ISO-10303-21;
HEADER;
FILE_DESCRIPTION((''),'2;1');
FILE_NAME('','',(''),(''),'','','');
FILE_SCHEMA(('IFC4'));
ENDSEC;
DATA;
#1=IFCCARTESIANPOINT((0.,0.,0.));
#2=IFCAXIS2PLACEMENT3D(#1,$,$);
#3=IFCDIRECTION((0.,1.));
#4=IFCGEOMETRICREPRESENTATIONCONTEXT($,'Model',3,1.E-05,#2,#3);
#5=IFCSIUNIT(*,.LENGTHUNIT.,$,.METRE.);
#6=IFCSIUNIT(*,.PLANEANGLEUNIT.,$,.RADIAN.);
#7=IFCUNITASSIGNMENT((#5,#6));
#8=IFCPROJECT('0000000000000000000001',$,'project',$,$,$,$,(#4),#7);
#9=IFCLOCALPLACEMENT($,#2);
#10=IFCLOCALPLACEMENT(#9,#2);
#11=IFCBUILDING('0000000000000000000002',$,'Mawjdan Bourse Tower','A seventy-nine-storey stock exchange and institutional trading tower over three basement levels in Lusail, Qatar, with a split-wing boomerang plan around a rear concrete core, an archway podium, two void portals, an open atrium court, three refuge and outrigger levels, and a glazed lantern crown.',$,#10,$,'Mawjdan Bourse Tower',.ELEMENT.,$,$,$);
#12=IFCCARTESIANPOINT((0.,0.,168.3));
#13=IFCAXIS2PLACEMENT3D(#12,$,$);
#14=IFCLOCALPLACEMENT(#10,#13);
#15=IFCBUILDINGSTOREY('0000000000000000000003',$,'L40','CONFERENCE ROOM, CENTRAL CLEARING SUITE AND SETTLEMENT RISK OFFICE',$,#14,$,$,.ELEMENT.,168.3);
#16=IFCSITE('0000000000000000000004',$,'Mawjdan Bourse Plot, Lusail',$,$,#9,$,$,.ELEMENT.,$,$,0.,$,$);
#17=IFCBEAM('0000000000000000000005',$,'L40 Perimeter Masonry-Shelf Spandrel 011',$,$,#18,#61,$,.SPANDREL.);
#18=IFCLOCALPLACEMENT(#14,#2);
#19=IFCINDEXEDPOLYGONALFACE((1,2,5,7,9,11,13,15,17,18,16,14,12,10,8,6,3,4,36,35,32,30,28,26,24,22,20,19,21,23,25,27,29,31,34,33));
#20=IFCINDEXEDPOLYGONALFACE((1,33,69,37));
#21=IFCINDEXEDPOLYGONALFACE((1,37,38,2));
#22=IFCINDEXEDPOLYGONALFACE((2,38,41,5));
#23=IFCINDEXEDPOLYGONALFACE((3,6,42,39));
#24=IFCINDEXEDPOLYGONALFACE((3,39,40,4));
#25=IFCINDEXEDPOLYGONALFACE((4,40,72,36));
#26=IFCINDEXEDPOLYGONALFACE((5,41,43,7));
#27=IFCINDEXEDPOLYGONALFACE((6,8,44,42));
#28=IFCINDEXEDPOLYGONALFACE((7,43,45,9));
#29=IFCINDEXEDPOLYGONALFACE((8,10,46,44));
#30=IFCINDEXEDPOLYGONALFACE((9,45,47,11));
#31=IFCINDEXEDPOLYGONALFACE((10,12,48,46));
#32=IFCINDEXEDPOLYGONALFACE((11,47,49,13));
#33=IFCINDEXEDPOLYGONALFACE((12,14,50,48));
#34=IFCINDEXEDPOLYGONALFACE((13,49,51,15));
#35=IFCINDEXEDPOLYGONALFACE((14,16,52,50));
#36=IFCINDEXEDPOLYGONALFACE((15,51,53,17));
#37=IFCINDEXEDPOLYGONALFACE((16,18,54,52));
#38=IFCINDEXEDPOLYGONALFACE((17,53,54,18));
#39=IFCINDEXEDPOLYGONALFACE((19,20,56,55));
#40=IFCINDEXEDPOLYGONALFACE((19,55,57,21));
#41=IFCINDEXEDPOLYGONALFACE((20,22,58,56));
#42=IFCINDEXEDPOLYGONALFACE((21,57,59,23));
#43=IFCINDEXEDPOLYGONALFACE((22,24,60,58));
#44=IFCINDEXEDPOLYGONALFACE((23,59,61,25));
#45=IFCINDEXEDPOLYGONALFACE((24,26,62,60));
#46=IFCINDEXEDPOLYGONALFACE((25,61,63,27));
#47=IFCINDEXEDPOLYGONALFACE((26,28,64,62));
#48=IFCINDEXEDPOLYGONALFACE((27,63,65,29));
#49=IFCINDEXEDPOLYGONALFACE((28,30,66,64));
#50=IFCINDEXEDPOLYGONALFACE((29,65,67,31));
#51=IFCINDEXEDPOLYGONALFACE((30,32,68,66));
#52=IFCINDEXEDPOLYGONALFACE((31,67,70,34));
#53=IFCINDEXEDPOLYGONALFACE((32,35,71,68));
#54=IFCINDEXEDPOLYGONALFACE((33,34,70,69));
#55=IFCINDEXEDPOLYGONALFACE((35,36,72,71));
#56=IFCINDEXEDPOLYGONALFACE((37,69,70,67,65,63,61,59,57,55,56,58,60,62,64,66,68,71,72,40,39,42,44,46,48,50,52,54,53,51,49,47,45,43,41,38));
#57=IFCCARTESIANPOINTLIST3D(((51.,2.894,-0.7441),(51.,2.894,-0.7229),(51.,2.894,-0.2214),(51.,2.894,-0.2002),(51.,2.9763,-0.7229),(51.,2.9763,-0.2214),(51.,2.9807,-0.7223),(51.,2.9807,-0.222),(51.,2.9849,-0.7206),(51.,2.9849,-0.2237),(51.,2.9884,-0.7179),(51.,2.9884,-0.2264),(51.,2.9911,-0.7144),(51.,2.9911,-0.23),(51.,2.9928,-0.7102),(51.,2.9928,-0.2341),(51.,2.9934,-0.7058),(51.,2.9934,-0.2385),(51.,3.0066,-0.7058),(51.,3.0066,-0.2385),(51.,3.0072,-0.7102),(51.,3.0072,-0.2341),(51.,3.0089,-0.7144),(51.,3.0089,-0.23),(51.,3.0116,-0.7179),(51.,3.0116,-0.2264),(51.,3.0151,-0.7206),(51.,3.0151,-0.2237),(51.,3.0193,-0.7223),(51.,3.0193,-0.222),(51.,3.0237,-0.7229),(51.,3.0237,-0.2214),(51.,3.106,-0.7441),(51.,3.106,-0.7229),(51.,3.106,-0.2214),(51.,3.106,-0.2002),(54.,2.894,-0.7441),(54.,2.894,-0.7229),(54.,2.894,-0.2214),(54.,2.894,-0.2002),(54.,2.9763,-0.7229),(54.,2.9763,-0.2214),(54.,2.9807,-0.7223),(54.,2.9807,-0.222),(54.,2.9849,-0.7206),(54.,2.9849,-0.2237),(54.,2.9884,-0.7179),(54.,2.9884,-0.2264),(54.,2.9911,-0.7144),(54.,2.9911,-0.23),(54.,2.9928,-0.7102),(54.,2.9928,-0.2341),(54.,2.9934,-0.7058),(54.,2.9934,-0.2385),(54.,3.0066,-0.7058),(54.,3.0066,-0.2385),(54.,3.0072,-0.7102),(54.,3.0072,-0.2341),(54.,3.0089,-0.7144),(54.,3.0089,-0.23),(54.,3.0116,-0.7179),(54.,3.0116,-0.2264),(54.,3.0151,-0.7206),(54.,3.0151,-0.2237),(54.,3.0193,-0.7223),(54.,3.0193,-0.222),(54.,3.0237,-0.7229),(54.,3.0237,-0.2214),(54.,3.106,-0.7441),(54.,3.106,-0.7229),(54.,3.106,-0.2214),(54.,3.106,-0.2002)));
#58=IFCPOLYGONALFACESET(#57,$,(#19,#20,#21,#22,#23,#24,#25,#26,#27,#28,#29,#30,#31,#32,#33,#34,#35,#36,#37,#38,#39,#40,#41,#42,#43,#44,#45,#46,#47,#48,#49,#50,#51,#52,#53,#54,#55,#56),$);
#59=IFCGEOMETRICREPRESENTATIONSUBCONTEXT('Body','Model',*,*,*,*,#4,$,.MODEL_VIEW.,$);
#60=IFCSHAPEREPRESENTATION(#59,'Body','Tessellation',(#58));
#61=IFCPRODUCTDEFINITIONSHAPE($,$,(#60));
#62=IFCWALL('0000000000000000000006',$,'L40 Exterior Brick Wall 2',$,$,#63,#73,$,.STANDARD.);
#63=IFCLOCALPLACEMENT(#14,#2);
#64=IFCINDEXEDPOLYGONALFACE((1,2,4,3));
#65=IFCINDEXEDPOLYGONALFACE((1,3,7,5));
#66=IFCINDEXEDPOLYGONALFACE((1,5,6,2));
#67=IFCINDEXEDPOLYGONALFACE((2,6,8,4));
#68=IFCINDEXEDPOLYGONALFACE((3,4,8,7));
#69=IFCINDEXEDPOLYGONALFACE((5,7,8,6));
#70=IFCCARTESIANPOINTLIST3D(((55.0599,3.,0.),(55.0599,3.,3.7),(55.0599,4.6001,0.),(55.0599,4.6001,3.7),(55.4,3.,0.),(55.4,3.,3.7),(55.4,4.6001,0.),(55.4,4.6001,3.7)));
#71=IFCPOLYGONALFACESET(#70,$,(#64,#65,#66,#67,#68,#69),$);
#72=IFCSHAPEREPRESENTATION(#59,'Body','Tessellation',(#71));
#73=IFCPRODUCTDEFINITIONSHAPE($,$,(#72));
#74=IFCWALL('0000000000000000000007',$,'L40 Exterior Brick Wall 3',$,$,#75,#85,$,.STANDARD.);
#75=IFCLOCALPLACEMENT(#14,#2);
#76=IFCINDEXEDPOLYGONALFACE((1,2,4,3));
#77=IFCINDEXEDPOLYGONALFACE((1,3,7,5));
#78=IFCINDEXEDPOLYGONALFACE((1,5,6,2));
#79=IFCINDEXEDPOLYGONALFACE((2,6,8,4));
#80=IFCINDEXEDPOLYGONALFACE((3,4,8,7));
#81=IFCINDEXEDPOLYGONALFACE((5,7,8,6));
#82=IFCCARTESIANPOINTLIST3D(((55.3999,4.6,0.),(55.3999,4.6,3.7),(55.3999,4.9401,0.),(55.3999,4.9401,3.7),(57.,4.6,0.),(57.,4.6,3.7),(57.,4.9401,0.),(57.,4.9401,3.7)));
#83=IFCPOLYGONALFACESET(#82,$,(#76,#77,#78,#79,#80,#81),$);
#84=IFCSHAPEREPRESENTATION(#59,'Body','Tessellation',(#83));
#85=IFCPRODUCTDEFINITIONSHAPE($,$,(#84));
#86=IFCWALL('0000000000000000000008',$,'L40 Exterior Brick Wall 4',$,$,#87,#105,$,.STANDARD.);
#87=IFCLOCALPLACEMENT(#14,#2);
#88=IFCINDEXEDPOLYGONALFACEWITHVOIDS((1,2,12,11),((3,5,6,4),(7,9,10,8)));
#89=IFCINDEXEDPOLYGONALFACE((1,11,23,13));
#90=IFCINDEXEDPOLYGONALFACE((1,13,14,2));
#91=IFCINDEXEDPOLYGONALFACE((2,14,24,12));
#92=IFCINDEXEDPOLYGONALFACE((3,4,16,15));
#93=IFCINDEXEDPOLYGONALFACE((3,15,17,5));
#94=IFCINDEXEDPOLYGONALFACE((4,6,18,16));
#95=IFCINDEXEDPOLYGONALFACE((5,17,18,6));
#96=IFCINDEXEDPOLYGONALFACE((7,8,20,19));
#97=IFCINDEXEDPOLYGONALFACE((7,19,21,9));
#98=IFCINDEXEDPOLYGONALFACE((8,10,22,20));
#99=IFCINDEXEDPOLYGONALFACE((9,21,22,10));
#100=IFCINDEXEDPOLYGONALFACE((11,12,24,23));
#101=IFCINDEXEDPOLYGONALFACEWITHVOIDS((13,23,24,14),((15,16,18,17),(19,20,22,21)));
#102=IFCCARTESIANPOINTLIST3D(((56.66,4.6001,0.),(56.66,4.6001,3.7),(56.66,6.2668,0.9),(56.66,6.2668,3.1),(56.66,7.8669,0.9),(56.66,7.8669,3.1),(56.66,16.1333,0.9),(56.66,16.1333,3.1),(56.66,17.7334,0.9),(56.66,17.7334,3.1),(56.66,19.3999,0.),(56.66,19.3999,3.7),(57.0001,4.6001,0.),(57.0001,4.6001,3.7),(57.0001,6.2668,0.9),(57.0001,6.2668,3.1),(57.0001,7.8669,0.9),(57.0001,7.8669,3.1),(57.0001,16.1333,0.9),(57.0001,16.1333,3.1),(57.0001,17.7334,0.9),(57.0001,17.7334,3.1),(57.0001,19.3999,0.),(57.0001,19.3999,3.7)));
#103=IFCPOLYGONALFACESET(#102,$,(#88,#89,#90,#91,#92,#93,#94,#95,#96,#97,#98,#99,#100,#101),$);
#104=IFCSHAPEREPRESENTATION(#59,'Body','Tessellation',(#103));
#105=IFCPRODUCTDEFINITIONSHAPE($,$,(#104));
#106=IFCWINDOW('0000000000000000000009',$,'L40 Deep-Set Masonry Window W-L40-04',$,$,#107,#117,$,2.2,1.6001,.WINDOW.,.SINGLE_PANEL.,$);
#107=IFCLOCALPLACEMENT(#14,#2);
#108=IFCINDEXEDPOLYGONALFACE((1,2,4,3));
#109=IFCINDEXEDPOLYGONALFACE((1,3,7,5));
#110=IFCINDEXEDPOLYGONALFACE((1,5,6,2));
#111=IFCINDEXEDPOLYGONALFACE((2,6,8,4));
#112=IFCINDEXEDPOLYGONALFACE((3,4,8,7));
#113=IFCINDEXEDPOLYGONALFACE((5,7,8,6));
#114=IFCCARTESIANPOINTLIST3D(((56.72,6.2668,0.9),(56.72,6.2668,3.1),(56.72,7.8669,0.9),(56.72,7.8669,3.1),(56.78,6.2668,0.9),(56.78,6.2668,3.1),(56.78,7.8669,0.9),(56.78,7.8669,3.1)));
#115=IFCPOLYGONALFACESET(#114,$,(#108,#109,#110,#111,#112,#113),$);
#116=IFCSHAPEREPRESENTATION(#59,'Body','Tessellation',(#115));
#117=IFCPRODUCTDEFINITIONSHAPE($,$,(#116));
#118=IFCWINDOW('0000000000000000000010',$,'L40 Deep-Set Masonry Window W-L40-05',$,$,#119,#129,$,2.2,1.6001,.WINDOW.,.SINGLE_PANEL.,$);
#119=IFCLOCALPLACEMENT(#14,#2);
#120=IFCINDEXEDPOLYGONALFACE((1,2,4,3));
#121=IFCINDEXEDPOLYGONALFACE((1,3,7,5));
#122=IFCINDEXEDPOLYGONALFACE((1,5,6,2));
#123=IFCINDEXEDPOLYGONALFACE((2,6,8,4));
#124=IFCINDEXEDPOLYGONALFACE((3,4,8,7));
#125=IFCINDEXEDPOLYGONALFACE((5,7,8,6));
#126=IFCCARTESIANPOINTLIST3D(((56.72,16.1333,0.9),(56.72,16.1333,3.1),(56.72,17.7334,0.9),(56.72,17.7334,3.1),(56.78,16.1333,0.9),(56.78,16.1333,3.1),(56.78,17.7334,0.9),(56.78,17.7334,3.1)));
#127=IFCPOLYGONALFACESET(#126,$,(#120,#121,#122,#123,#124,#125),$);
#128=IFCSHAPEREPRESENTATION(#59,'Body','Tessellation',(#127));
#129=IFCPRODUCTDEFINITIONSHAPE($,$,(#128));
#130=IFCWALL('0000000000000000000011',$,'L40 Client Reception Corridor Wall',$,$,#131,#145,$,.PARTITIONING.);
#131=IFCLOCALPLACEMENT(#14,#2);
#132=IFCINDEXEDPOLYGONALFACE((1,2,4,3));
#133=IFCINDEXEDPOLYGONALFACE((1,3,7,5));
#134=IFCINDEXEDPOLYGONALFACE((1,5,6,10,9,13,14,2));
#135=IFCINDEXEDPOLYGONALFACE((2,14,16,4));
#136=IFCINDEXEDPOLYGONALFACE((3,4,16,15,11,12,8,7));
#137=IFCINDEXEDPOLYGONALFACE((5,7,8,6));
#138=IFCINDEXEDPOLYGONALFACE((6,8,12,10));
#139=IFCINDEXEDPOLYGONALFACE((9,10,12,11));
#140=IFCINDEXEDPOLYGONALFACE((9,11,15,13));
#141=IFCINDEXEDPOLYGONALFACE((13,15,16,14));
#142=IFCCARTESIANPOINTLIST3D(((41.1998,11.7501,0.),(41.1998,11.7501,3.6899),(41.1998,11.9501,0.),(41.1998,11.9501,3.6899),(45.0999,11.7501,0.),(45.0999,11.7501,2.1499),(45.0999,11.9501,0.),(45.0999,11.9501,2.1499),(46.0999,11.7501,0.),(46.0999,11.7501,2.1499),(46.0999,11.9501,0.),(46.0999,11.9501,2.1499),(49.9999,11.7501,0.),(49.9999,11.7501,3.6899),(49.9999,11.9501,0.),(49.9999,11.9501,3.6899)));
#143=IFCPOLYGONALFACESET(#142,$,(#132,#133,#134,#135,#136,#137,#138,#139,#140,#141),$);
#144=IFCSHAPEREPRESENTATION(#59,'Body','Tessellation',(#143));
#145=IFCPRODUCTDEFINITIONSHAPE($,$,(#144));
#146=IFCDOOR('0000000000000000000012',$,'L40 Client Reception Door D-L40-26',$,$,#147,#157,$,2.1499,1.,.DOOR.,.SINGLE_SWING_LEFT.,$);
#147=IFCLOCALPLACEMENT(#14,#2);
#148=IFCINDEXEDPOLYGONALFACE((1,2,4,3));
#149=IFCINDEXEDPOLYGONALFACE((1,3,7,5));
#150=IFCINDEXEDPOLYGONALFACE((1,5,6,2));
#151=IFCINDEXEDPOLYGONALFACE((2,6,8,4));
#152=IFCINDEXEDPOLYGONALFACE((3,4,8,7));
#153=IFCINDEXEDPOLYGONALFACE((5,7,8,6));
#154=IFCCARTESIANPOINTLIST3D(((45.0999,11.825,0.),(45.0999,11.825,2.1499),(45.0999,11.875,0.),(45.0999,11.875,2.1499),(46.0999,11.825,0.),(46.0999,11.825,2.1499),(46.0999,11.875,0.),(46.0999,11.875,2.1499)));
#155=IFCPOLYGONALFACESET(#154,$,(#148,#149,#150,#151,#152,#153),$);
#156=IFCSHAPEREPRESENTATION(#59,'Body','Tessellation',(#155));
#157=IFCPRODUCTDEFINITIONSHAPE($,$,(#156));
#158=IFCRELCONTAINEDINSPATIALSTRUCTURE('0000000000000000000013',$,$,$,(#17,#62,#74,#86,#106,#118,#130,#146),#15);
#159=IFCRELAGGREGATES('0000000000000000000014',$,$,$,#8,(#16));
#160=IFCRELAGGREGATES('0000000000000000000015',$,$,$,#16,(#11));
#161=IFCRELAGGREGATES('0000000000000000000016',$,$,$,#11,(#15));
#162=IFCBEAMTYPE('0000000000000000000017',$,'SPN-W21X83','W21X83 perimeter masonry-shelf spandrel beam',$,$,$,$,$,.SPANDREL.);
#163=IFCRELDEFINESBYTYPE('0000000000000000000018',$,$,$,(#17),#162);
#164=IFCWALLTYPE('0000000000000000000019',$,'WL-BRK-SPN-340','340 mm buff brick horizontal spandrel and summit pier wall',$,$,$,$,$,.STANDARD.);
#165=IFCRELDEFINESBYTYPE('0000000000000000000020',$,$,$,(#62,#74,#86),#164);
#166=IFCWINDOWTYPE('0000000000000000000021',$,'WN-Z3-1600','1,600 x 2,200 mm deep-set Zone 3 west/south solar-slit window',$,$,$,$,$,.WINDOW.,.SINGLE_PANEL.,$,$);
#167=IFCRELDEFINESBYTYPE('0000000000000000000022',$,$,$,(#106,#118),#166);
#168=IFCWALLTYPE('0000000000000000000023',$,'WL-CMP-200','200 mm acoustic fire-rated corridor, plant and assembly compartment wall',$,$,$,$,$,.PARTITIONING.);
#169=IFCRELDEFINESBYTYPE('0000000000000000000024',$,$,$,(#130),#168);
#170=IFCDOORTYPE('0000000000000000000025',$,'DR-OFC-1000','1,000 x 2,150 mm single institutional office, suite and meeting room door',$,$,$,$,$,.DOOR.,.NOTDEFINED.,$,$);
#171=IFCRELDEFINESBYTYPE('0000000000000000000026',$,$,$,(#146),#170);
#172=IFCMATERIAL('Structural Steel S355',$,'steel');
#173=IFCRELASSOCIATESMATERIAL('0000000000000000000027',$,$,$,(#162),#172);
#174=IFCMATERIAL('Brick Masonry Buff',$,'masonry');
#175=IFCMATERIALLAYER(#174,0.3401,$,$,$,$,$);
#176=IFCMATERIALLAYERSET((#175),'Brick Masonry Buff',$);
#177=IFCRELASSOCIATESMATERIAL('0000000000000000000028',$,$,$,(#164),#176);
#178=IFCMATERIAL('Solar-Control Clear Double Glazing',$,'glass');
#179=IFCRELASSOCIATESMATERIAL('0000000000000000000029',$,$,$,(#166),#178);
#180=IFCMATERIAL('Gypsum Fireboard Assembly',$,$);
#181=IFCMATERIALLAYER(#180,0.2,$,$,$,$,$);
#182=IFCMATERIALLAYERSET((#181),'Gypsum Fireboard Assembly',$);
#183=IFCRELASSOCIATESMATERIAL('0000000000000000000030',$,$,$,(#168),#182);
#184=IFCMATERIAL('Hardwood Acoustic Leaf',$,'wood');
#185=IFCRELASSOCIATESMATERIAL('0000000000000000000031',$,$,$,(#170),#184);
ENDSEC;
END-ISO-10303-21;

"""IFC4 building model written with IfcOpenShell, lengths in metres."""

from ifc_helpers import new_model, si_unit, direction, frame, frame_2d, origin, origin_2d, place, context, subcontext, project, spatial, rectangle, i_section, extrude, material, layer, layer_set, material_profile, profile_set, type_object, element, fill, save


model = new_model("IFC4")

# Units and contexts
model_context = context("Model", 3, precision=1e-05, world=origin(), true_north=direction((0.0, 1.0)))
body_context = subcontext(model_context, "Body", "Model", "MODEL_VIEW")
ifc_project = project(units=[si_unit("LENGTHUNIT", "METRE"), si_unit("PLANEANGLEUNIT", "RADIAN")], contexts=[model_context])

# Site, building, storey
site_placement = place(None, origin())
site = spatial("IfcSite", under=ifc_project, at=site_placement, Name="Mawjdan Bourse Plot, Lusail", CompositionType="ELEMENT", RefElevation=0.0)
building_placement = place(site_placement, origin())
building = spatial("IfcBuilding", under=site, at=building_placement, Name="Mawjdan Bourse Tower", Description="A seventy-nine-storey stock exchange and institutional trading tower over three basement levels in Lusail, Qatar, with a split-wing boomerang plan around a rear concrete core, an archway podium, two void portals, an open atrium court, three refuge and outrigger levels, and a glazed lantern crown.", LongName="Mawjdan Bourse Tower", CompositionType="ELEMENT")
storey_placement = place(building_placement, frame((0.0, 0.0, 168.3)))
storey = spatial("IfcBuildingStorey", under=building, at=storey_placement, Name="L40", Description="CONFERENCE ROOM, CENTRAL CLEARING SUITE AND SETTLEMENT RISK OFFICE", CompositionType="ELEMENT", Elevation=168.3)

# Beam
ifc_material_1 = material(Name="Structural Steel S355", Category="steel")
ifc_material_profile_1 = material_profile(ifc_material_1, i_section(OverallWidth=0.2119, OverallDepth=0.5439, WebThickness=0.0132, FlangeThickness=0.0212, FilletRadius=0.0171, at=origin_2d()), Name="W21X83")
ifc_profile_set_1 = profile_set([ifc_material_profile_1], Name="Structural Steel S355")
beam_type_1 = type_object("IfcBeamType", Name="SPN-W21X83", Description="W21X83 perimeter masonry-shelf spandrel beam", PredefinedType="SPANDREL", material=ifc_profile_set_1)
for number, where, z_axis, x_axis, name in (
    (1, (51.0, 3.0, -0.4722), (1.0, 0.0, 0.0), (0.0, 1.0, 0.0), "L40 Perimeter Masonry-Shelf Spandrel 011"),
):
    element("IfcBeam", number, at=place(storey_placement, frame(where, z_axis=z_axis, x_axis=x_axis)), inside=storey, type_object=beam_type_1, Name=name, PredefinedType="SPANDREL", context=body_context, shape_type="SweptSolid", body=[
        extrude(i_section(OverallWidth=0.2119, OverallDepth=0.5439, WebThickness=0.0132, FlangeThickness=0.0212, FilletRadius=0.0171, at=origin_2d()), origin(), (0.0, 0.0, 1.0), 3.0),
    ])

# Walls
ifc_material_2 = material(Name="Brick Masonry Buff", Category="masonry")
ifc_layer_1 = layer(ifc_material_2, 0.3401)
ifc_layer_set_1 = layer_set([ifc_layer_1], Name="Brick Masonry Buff")
wall_type_1 = type_object("IfcWallType", Name="WL-BRK-SPN-340", Description="340 mm buff brick horizontal spandrel and summit pier wall", PredefinedType="STANDARD", material=ifc_layer_set_1)
for number, where, z_axis, x_axis, name in (
    (2, (55.23, 3.0, 0.0), (0.0, 0.0, 1.0), (0.0, 1.0, 0.0), "L40 Exterior Brick Wall 2"),
    (3, (55.3999, 4.77, 0.0), (0.0, 0.0, 1.0), (1.0, 0.0, 0.0), "L40 Exterior Brick Wall 3"),
):
    element("IfcWall", number, at=place(storey_placement, frame(where, z_axis=z_axis, x_axis=x_axis)), inside=storey, type_object=wall_type_1, Name=name, PredefinedType="STANDARD", context=body_context, shape_type="SweptSolid", body=[
        extrude(rectangle(XDim=1.6001, YDim=0.3401, at=frame_2d((0.8, 0.0))), origin(), (0.0, 0.0, 1.0), 3.7),
    ])

# Wall, openings, windows
wall_1_placement = place(storey_placement, frame((56.8301, 4.6001, 0.0), z_axis=(0.0, 0.0, 1.0), x_axis=(0.0, 1.0, 0.0)))
wall_1 = element("IfcWall", 4, at=wall_1_placement, inside=storey, type_object=wall_type_1, Name="L40 Exterior Brick Wall 4", PredefinedType="STANDARD", context=body_context, shape_type="SweptSolid", body=[
    extrude(rectangle(XDim=14.7998, YDim=0.3401, at=frame_2d((7.3999, 0.0))), origin(), (0.0, 0.0, 1.0), 3.7),
])
opening_1_placement = place(wall_1_placement, frame((1.6667, 0.0, 0.8999)))
opening_1 = element("IfcOpeningElement", 5, at=opening_1_placement, cuts=wall_1, PredefinedType="OPENING", context=body_context, shape_type="SweptSolid", body=[
    extrude(rectangle(XDim=1.6001, YDim=2.2, at=frame_2d((0.8, 1.1001))), frame((0.0, 0.1802, 0.0), z_axis=(0.0, -1.0, 0.0), x_axis=(1.0, 0.0, 0.0)), (0.0, 0.0, 1.0), 0.3601),
])
opening_2_placement = place(wall_1_placement, frame((11.5332, 0.0, 0.8999)))
opening_2 = element("IfcOpeningElement", 6, at=opening_2_placement, cuts=wall_1, PredefinedType="OPENING", context=body_context, shape_type="SweptSolid", body=[
    extrude(rectangle(XDim=1.6001, YDim=2.2, at=frame_2d((0.8, 1.1001))), frame((0.0, 0.1802, 0.0), z_axis=(0.0, -1.0, 0.0), x_axis=(1.0, 0.0, 0.0)), (0.0, 0.0, 1.0), 0.3601),
])
ifc_material_3 = material(Name="Solar-Control Clear Double Glazing", Category="glass")
window_type = type_object("IfcWindowType", Name="WN-Z3-1600", Description="1,600 x 2,200 mm deep-set Zone 3 west/south solar-slit window", PartitioningType="SINGLE_PANEL", PredefinedType="WINDOW", material=ifc_material_3)
window_1_placement = place(opening_1_placement, origin())
window_1 = element("IfcWindow", 7, at=window_1_placement, inside=storey, type_object=window_type, Name="L40 Deep-Set Masonry Window W-L40-04", OverallHeight=2.2, OverallWidth=1.6001, PartitioningType="SINGLE_PANEL", PredefinedType="WINDOW", context=body_context, shape_type="SweptSolid", body=[
    extrude(rectangle(XDim=1.6001, YDim=2.2, at=frame_2d((0.8, 1.1001))), frame((0.0, 0.1101, 0.0), z_axis=(0.0, -1.0, 0.0), x_axis=(1.0, 0.0, 0.0)), (0.0, 0.0, 1.0), 0.0601),
])
fill(opening_1, window_1)
window_2_placement = place(opening_2_placement, origin())
window_2 = element("IfcWindow", 8, at=window_2_placement, inside=storey, type_object=window_type, Name="L40 Deep-Set Masonry Window W-L40-05", OverallHeight=2.2, OverallWidth=1.6001, PartitioningType="SINGLE_PANEL", PredefinedType="WINDOW", context=body_context, shape_type="SweptSolid", body=[
    extrude(rectangle(XDim=1.6001, YDim=2.2, at=frame_2d((0.8, 1.1001))), frame((0.0, 0.1101, 0.0), z_axis=(0.0, -1.0, 0.0), x_axis=(1.0, 0.0, 0.0)), (0.0, 0.0, 1.0), 0.0601),
])
fill(opening_2, window_2)

# Wall, opening, door
ifc_material_4 = material(Name="Gypsum Fireboard Assembly")
ifc_layer_2 = layer(ifc_material_4, 0.2)
ifc_layer_set_2 = layer_set([ifc_layer_2], Name="Gypsum Fireboard Assembly")
wall_type_2 = type_object("IfcWallType", Name="WL-CMP-200", Description="200 mm acoustic fire-rated corridor, plant and assembly compartment wall", PredefinedType="PARTITIONING", material=ifc_layer_set_2)
wall_2_placement = place(storey_placement, frame((41.2, 11.8501, 0.0), z_axis=(0.0, 0.0, 1.0), x_axis=(1.0, 0.0, 0.0)))
wall_2 = element("IfcWall", 9, at=wall_2_placement, inside=storey, type_object=wall_type_2, Name="L40 Client Reception Corridor Wall", PredefinedType="PARTITIONING", context=body_context, shape_type="SweptSolid", body=[
    extrude(rectangle(XDim=8.8, YDim=0.2, at=frame_2d((4.3999, 0.0))), origin(), (0.0, 0.0, 1.0), 3.6899),
])
opening_3_placement = place(wall_2_placement, frame((3.8999, 0.0, 0.0)))
opening_3 = element("IfcOpeningElement", 10, at=opening_3_placement, cuts=wall_2, PredefinedType="OPENING", context=body_context, shape_type="SweptSolid", body=[
    extrude(rectangle(XDim=1.0, YDim=2.1499, at=frame_2d((0.5, 1.075))), frame((0.0, 0.1099, 0.0), z_axis=(0.0, -1.0, 0.0), x_axis=(1.0, 0.0, 0.0)), (0.0, 0.0, 1.0), 0.22),
])
ifc_material_5 = material(Name="Hardwood Acoustic Leaf", Category="wood")
door_type = type_object("IfcDoorType", Name="DR-OFC-1000", Description="1,000 x 2,150 mm single institutional office, suite and meeting room door", OperationType="NOTDEFINED", PredefinedType="DOOR", material=ifc_material_5)
door_1_placement = place(opening_3_placement, origin())
door_1 = element("IfcDoor", 11, at=door_1_placement, inside=storey, type_object=door_type, Name="L40 Client Reception Door D-L40-26", OperationType="SINGLE_SWING_LEFT", OverallHeight=2.1499, OverallWidth=1.0, PredefinedType="DOOR", context=body_context, shape_type="SweptSolid", body=[
    extrude(rectangle(XDim=1.0, YDim=2.1499, at=frame_2d((0.5, 1.075))), frame((0.0, 0.0249, 0.0), z_axis=(0.0, -1.0, 0.0), x_axis=(1.0, 0.0, 0.0)), (0.0, 0.0, 1.0), 0.05),
])
fill(opening_3, door_1)

save(model, "model.ifc")
